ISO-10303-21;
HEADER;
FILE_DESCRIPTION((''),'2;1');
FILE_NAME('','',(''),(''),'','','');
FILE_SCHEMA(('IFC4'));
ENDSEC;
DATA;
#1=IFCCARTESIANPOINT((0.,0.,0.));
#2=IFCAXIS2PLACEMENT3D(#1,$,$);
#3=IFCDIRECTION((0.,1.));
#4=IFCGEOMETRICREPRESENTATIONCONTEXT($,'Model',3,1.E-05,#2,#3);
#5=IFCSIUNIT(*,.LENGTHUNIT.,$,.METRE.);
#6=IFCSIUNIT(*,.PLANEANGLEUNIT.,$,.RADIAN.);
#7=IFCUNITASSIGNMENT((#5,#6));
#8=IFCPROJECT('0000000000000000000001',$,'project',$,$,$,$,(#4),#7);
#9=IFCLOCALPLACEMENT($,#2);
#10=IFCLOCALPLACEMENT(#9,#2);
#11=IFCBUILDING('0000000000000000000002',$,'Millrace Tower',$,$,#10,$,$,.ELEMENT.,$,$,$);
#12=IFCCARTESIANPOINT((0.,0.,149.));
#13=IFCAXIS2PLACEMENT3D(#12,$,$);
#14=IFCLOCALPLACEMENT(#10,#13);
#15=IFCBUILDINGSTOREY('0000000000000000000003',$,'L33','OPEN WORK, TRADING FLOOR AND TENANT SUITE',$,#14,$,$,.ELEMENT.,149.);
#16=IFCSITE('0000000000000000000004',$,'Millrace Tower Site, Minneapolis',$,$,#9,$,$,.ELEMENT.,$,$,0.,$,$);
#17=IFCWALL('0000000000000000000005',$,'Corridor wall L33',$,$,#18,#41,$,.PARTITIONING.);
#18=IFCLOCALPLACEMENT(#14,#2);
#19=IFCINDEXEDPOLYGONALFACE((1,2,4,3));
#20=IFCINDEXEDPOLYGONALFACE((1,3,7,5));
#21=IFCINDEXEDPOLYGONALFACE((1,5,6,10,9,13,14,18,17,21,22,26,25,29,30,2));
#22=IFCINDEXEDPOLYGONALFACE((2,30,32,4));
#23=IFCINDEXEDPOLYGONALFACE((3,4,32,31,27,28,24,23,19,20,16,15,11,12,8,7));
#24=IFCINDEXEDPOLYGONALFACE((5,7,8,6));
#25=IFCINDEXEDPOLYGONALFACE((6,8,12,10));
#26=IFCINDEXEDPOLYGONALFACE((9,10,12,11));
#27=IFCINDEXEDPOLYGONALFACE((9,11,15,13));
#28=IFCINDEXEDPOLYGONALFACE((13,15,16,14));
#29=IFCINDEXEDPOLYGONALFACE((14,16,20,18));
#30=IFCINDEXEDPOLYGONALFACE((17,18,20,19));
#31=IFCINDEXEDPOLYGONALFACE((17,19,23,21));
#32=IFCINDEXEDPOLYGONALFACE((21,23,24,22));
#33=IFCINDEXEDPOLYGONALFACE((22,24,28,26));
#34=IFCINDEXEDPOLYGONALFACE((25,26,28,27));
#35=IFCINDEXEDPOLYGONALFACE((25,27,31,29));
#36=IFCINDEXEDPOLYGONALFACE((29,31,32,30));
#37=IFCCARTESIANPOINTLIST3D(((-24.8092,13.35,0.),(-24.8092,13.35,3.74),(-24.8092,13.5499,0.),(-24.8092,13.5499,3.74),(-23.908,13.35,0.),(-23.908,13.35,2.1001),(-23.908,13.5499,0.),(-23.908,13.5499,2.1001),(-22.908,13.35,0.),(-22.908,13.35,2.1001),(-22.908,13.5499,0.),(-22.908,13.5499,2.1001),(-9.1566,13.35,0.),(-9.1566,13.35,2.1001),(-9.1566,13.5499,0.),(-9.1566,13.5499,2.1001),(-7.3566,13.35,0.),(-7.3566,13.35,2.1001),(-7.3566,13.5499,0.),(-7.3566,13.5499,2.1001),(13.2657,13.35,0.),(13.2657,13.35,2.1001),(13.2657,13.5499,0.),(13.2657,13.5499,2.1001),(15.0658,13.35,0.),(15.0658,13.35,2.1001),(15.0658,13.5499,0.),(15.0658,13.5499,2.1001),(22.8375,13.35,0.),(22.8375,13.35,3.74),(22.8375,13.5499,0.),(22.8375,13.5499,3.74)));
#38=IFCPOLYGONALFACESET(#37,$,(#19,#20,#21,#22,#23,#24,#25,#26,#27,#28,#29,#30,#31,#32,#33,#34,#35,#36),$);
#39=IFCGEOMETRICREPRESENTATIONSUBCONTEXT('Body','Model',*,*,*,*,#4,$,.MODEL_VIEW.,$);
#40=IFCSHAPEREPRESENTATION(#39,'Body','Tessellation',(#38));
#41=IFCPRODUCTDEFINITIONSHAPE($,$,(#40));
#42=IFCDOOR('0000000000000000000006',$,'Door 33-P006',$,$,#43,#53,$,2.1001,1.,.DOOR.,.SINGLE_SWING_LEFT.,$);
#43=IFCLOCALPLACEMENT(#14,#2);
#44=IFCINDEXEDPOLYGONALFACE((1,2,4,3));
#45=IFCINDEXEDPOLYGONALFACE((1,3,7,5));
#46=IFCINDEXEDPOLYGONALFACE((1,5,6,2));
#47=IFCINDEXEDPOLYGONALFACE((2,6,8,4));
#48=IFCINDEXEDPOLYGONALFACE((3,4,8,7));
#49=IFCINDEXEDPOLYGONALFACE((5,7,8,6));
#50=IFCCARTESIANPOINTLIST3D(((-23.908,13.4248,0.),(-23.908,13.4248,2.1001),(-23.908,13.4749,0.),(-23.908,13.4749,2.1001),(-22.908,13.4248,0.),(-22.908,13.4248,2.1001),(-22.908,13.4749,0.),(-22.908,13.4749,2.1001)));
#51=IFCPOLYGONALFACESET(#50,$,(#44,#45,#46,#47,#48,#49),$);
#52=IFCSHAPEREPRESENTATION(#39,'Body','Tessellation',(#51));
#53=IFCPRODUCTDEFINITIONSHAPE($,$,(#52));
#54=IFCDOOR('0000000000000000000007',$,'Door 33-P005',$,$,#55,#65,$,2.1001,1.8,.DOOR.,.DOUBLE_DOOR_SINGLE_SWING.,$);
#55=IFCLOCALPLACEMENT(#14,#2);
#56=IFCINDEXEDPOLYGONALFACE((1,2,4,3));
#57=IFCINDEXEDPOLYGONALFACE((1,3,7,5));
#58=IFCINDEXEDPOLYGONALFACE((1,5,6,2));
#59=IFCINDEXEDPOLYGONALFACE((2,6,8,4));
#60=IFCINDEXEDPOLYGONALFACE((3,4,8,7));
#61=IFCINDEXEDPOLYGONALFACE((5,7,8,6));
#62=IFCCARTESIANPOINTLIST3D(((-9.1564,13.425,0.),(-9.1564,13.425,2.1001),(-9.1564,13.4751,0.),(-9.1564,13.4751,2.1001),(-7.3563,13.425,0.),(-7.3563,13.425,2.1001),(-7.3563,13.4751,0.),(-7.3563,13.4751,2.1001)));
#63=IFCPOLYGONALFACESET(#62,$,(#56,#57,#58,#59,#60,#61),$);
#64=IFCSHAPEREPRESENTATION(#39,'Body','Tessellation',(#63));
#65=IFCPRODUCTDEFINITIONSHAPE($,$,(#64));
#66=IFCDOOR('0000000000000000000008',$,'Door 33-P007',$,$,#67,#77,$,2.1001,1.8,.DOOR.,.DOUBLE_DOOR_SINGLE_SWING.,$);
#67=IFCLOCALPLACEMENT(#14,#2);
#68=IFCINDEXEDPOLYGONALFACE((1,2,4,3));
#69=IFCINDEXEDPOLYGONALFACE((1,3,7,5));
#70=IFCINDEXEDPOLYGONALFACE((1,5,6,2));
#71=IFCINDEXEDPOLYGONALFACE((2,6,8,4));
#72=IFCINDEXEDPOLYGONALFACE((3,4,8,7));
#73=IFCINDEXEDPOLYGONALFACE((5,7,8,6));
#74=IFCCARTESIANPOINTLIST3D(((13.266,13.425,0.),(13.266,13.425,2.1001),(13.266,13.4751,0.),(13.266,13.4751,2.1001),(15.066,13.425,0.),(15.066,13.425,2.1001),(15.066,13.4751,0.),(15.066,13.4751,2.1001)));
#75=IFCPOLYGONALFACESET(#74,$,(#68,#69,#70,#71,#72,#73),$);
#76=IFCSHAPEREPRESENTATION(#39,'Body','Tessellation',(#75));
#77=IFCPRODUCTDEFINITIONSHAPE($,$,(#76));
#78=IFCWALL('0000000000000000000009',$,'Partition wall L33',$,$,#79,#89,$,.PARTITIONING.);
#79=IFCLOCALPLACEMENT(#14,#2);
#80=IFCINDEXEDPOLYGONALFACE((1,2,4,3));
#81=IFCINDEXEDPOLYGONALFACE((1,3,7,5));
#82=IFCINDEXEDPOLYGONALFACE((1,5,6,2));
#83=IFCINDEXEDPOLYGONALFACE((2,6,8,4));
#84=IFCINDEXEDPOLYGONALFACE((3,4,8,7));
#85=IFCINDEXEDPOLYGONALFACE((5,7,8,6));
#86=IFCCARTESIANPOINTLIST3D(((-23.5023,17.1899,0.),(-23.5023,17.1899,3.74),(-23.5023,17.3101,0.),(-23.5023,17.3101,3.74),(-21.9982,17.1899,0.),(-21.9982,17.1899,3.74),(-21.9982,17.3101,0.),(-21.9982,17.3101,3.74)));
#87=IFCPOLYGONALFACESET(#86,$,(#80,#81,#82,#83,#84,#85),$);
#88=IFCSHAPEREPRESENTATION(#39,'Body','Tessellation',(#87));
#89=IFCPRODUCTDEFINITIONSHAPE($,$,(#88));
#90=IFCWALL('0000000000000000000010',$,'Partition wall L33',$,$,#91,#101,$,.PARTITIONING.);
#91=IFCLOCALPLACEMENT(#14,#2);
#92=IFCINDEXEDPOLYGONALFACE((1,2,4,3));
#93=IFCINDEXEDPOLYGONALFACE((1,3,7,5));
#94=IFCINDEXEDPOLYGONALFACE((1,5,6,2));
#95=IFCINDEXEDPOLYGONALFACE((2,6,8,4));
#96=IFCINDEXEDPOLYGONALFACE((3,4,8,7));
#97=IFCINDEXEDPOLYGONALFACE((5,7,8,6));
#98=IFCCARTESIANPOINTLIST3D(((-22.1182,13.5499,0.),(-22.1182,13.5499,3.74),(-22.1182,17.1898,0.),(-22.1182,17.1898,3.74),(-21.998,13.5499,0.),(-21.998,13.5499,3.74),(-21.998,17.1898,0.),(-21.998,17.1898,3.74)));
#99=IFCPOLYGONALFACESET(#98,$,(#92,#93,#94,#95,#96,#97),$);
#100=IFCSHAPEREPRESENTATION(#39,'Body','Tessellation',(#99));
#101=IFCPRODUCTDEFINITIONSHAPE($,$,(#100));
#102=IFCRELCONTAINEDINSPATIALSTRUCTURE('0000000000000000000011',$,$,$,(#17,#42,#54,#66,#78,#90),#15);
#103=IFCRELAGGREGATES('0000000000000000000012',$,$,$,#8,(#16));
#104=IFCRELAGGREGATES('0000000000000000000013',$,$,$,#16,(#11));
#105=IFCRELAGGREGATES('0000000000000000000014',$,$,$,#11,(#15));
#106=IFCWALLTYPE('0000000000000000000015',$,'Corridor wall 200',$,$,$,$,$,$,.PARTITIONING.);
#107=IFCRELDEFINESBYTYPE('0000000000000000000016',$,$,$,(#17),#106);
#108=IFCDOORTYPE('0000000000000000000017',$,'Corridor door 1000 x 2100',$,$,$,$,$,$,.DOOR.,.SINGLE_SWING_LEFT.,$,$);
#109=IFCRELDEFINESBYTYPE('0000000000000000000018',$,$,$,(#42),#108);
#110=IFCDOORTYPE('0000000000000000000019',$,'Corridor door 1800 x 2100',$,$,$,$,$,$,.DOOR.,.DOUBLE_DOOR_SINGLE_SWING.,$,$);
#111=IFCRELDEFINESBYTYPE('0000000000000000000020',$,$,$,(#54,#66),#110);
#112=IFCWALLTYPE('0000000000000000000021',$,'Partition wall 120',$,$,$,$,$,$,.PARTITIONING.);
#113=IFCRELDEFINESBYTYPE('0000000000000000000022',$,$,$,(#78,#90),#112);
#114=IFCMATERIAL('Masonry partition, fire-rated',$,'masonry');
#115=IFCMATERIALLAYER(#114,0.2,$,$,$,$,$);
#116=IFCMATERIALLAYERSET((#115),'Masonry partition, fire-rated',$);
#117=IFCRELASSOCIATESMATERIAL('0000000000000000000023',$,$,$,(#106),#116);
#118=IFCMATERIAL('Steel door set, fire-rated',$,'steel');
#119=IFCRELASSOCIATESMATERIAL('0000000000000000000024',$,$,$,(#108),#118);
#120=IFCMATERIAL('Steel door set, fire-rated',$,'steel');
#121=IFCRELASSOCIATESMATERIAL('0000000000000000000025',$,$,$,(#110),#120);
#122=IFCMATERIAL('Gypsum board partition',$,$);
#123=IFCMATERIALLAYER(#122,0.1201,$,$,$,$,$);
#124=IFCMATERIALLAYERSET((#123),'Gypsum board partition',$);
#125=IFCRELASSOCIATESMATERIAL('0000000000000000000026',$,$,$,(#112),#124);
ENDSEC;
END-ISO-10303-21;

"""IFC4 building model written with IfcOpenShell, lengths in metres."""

from ifc_helpers import new_model, si_unit, direction, frame, frame_2d, origin, place, context, subcontext, project, spatial, rectangle, extrude, material, layer, layer_set, type_object, element, fill, save


model = new_model("IFC4")

# Units and contexts
model_context = context("Model", 3, precision=1e-05, world=origin(), true_north=direction((0.0, 1.0)))
body_context = subcontext(model_context, "Body", "Model", "MODEL_VIEW")
ifc_project = project(units=[si_unit("LENGTHUNIT", "METRE"), si_unit("PLANEANGLEUNIT", "RADIAN")], contexts=[model_context])

# Site, building, storey
site_placement = place(None, origin())
site = spatial("IfcSite", under=ifc_project, at=site_placement, Name="Millrace Tower Site, Minneapolis", CompositionType="ELEMENT", RefElevation=0.0)
building_placement = place(site_placement, origin())
building = spatial("IfcBuilding", under=site, at=building_placement, Name="Millrace Tower", CompositionType="ELEMENT")
storey_placement = place(building_placement, frame((0.0, 0.0, 149.0)))
storey = spatial("IfcBuildingStorey", under=building, at=storey_placement, Name="L33", Description="OPEN WORK, TRADING FLOOR AND TENANT SUITE", CompositionType="ELEMENT", Elevation=149.0)

# Wall, openings, doors
ifc_material_1 = material(Name="Masonry partition, fire-rated", Category="masonry")
ifc_layer_1 = layer(ifc_material_1, 0.2)
ifc_layer_set_1 = layer_set([ifc_layer_1], Name="Masonry partition, fire-rated")
wall_type_1 = type_object("IfcWallType", Name="Corridor wall 200", PredefinedType="PARTITIONING", material=ifc_layer_set_1)
wall_1_placement = place(storey_placement, frame((-24.8091, 13.45, 0.0), z_axis=(0.0, 0.0, 1.0), x_axis=(1.0, 0.0, 0.0)))
wall_1 = element("IfcWall", 1, at=wall_1_placement, inside=storey, type_object=wall_type_1, Name="Corridor wall L33", PredefinedType="PARTITIONING", context=body_context, shape_type="SweptSolid", body=[
    extrude(rectangle(XDim=47.6467, YDim=0.2, at=frame_2d((23.8232, 0.0))), origin(), (0.0, 0.0, 1.0), 3.74),
])
opening_1_placement = place(wall_1_placement, frame((15.6526, 0.0, 0.0)))
opening_1 = element("IfcOpeningElement", 2, at=opening_1_placement, cuts=wall_1, PredefinedType="OPENING", context=body_context, shape_type="SweptSolid", body=[
    extrude(rectangle(XDim=1.8, YDim=2.1001, at=frame_2d((0.8999, 1.05))), frame((0.0, 0.1099, 0.0), z_axis=(0.0, -1.0, 0.0), x_axis=(1.0, 0.0, 0.0)), (0.0, 0.0, 1.0), 0.22),
])
opening_2_placement = place(wall_1_placement, frame((0.9011, 0.0, 0.0)))
opening_2 = element("IfcOpeningElement", 3, at=opening_2_placement, cuts=wall_1, PredefinedType="OPENING", context=body_context, shape_type="SweptSolid", body=[
    extrude(rectangle(XDim=1.0, YDim=2.1001, at=frame_2d((0.5, 1.05))), frame((0.0, 0.1099, 0.0), z_axis=(0.0, -1.0, 0.0), x_axis=(1.0, 0.0, 0.0)), (0.0, 0.0, 1.0), 0.22),
])
opening_3_placement = place(wall_1_placement, frame((38.075, 0.0, 0.0)))
opening_3 = element("IfcOpeningElement", 4, at=opening_3_placement, cuts=wall_1, PredefinedType="OPENING", context=body_context, shape_type="SweptSolid", body=[
    extrude(rectangle(XDim=1.8, YDim=2.1001, at=frame_2d((0.8999, 1.05))), frame((0.0, 0.1099, 0.0), z_axis=(0.0, -1.0, 0.0), x_axis=(1.0, 0.0, 0.0)), (0.0, 0.0, 1.0), 0.22),
])
ifc_material_2 = material(Name="Steel door set, fire-rated", Category="steel")
door_type_1 = type_object("IfcDoorType", Name="Corridor door 1000 x 2100", OperationType="SINGLE_SWING_LEFT", PredefinedType="DOOR", material=ifc_material_2)
door_1_placement = place(opening_2_placement, origin())
door_1 = element("IfcDoor", 5, at=door_1_placement, inside=storey, type_object=door_type_1, Name="Door 33-P006", OperationType="SINGLE_SWING_LEFT", OverallHeight=2.1001, OverallWidth=1.0, PredefinedType="DOOR", context=body_context, shape_type="SweptSolid", body=[
    extrude(rectangle(XDim=1.0, YDim=2.1001, at=frame_2d((0.5, 1.05))), frame((0.0, 0.0249, 0.0), z_axis=(0.0, -1.0, 0.0), x_axis=(1.0, 0.0, 0.0)), (0.0, 0.0, 1.0), 0.05),
])
fill(opening_2, door_1)
ifc_material_3 = material(Name="Steel door set, fire-rated", Category="steel")
door_type_2 = type_object("IfcDoorType", Name="Corridor door 1800 x 2100", OperationType="DOUBLE_DOOR_SINGLE_SWING", PredefinedType="DOOR", material=ifc_material_3)
door_2_placement = place(opening_1_placement, frame((1.8, 0.0, 0.0), z_axis=(0.0, 0.0, 1.0), x_axis=(-1.0, 0.0, 0.0)))
door_2 = element("IfcDoor", 6, at=door_2_placement, inside=storey, type_object=door_type_2, Name="Door 33-P005", OperationType="DOUBLE_DOOR_SINGLE_SWING", OverallHeight=2.1001, OverallWidth=1.8, PredefinedType="DOOR", context=body_context, shape_type="SweptSolid", body=[
    extrude(rectangle(XDim=1.8, YDim=2.1001, at=frame_2d((0.8999, 1.05))), frame((0.0, 0.0249, 0.0), z_axis=(0.0, -1.0, 0.0), x_axis=(1.0, 0.0, 0.0)), (0.0, 0.0, 1.0), 0.05),
])
fill(opening_1, door_2)
door_3_placement = place(opening_3_placement, frame((1.8, 0.0, 0.0), z_axis=(0.0, 0.0, 1.0), x_axis=(-1.0, 0.0, 0.0)))
door_3 = element("IfcDoor", 7, at=door_3_placement, inside=storey, type_object=door_type_2, Name="Door 33-P007", OperationType="DOUBLE_DOOR_SINGLE_SWING", OverallHeight=2.1001, OverallWidth=1.8, PredefinedType="DOOR", context=body_context, shape_type="SweptSolid", body=[
    extrude(rectangle(XDim=1.8, YDim=2.1001, at=frame_2d((0.8999, 1.05))), frame((0.0, 0.0249, 0.0), z_axis=(0.0, -1.0, 0.0), x_axis=(1.0, 0.0, 0.0)), (0.0, 0.0, 1.0), 0.05),
])
fill(opening_3, door_3)

# Walls
ifc_material_4 = material(Name="Gypsum board partition")
ifc_layer_2 = layer(ifc_material_4, 0.1201)
ifc_layer_set_2 = layer_set([ifc_layer_2], Name="Gypsum board partition")
wall_type_2 = type_object("IfcWallType", Name="Partition wall 120", PredefinedType="PARTITIONING", material=ifc_layer_set_2)
wall_2_placement = place(storey_placement, frame((-23.5022, 17.25, 0.0), z_axis=(0.0, 0.0, 1.0), x_axis=(1.0, 0.0, 0.0)))
element("IfcWall", 8, at=wall_2_placement, inside=storey, type_object=wall_type_2, Name="Partition wall L33", PredefinedType="PARTITIONING", context=body_context, shape_type="SweptSolid", body=[
    extrude(rectangle(XDim=1.5042, YDim=0.1201, at=frame_2d((0.752, 0.0))), origin(), (0.0, 0.0, 1.0), 3.74),
])
wall_3_placement = place(storey_placement, frame((-22.0581, 13.55, 0.0), z_axis=(0.0, 0.0, 1.0), x_axis=(0.0, 1.0, 0.0)))
element("IfcWall", 9, at=wall_3_placement, inside=storey, type_object=wall_type_2, Name="Partition wall L33", PredefinedType="PARTITIONING", context=body_context, shape_type="SweptSolid", body=[
    extrude(rectangle(XDim=3.6399, YDim=0.1201, at=frame_2d((1.8198, 0.0))), origin(), (0.0, 0.0, 1.0), 3.74),
])

save(model, "model.ifc")
